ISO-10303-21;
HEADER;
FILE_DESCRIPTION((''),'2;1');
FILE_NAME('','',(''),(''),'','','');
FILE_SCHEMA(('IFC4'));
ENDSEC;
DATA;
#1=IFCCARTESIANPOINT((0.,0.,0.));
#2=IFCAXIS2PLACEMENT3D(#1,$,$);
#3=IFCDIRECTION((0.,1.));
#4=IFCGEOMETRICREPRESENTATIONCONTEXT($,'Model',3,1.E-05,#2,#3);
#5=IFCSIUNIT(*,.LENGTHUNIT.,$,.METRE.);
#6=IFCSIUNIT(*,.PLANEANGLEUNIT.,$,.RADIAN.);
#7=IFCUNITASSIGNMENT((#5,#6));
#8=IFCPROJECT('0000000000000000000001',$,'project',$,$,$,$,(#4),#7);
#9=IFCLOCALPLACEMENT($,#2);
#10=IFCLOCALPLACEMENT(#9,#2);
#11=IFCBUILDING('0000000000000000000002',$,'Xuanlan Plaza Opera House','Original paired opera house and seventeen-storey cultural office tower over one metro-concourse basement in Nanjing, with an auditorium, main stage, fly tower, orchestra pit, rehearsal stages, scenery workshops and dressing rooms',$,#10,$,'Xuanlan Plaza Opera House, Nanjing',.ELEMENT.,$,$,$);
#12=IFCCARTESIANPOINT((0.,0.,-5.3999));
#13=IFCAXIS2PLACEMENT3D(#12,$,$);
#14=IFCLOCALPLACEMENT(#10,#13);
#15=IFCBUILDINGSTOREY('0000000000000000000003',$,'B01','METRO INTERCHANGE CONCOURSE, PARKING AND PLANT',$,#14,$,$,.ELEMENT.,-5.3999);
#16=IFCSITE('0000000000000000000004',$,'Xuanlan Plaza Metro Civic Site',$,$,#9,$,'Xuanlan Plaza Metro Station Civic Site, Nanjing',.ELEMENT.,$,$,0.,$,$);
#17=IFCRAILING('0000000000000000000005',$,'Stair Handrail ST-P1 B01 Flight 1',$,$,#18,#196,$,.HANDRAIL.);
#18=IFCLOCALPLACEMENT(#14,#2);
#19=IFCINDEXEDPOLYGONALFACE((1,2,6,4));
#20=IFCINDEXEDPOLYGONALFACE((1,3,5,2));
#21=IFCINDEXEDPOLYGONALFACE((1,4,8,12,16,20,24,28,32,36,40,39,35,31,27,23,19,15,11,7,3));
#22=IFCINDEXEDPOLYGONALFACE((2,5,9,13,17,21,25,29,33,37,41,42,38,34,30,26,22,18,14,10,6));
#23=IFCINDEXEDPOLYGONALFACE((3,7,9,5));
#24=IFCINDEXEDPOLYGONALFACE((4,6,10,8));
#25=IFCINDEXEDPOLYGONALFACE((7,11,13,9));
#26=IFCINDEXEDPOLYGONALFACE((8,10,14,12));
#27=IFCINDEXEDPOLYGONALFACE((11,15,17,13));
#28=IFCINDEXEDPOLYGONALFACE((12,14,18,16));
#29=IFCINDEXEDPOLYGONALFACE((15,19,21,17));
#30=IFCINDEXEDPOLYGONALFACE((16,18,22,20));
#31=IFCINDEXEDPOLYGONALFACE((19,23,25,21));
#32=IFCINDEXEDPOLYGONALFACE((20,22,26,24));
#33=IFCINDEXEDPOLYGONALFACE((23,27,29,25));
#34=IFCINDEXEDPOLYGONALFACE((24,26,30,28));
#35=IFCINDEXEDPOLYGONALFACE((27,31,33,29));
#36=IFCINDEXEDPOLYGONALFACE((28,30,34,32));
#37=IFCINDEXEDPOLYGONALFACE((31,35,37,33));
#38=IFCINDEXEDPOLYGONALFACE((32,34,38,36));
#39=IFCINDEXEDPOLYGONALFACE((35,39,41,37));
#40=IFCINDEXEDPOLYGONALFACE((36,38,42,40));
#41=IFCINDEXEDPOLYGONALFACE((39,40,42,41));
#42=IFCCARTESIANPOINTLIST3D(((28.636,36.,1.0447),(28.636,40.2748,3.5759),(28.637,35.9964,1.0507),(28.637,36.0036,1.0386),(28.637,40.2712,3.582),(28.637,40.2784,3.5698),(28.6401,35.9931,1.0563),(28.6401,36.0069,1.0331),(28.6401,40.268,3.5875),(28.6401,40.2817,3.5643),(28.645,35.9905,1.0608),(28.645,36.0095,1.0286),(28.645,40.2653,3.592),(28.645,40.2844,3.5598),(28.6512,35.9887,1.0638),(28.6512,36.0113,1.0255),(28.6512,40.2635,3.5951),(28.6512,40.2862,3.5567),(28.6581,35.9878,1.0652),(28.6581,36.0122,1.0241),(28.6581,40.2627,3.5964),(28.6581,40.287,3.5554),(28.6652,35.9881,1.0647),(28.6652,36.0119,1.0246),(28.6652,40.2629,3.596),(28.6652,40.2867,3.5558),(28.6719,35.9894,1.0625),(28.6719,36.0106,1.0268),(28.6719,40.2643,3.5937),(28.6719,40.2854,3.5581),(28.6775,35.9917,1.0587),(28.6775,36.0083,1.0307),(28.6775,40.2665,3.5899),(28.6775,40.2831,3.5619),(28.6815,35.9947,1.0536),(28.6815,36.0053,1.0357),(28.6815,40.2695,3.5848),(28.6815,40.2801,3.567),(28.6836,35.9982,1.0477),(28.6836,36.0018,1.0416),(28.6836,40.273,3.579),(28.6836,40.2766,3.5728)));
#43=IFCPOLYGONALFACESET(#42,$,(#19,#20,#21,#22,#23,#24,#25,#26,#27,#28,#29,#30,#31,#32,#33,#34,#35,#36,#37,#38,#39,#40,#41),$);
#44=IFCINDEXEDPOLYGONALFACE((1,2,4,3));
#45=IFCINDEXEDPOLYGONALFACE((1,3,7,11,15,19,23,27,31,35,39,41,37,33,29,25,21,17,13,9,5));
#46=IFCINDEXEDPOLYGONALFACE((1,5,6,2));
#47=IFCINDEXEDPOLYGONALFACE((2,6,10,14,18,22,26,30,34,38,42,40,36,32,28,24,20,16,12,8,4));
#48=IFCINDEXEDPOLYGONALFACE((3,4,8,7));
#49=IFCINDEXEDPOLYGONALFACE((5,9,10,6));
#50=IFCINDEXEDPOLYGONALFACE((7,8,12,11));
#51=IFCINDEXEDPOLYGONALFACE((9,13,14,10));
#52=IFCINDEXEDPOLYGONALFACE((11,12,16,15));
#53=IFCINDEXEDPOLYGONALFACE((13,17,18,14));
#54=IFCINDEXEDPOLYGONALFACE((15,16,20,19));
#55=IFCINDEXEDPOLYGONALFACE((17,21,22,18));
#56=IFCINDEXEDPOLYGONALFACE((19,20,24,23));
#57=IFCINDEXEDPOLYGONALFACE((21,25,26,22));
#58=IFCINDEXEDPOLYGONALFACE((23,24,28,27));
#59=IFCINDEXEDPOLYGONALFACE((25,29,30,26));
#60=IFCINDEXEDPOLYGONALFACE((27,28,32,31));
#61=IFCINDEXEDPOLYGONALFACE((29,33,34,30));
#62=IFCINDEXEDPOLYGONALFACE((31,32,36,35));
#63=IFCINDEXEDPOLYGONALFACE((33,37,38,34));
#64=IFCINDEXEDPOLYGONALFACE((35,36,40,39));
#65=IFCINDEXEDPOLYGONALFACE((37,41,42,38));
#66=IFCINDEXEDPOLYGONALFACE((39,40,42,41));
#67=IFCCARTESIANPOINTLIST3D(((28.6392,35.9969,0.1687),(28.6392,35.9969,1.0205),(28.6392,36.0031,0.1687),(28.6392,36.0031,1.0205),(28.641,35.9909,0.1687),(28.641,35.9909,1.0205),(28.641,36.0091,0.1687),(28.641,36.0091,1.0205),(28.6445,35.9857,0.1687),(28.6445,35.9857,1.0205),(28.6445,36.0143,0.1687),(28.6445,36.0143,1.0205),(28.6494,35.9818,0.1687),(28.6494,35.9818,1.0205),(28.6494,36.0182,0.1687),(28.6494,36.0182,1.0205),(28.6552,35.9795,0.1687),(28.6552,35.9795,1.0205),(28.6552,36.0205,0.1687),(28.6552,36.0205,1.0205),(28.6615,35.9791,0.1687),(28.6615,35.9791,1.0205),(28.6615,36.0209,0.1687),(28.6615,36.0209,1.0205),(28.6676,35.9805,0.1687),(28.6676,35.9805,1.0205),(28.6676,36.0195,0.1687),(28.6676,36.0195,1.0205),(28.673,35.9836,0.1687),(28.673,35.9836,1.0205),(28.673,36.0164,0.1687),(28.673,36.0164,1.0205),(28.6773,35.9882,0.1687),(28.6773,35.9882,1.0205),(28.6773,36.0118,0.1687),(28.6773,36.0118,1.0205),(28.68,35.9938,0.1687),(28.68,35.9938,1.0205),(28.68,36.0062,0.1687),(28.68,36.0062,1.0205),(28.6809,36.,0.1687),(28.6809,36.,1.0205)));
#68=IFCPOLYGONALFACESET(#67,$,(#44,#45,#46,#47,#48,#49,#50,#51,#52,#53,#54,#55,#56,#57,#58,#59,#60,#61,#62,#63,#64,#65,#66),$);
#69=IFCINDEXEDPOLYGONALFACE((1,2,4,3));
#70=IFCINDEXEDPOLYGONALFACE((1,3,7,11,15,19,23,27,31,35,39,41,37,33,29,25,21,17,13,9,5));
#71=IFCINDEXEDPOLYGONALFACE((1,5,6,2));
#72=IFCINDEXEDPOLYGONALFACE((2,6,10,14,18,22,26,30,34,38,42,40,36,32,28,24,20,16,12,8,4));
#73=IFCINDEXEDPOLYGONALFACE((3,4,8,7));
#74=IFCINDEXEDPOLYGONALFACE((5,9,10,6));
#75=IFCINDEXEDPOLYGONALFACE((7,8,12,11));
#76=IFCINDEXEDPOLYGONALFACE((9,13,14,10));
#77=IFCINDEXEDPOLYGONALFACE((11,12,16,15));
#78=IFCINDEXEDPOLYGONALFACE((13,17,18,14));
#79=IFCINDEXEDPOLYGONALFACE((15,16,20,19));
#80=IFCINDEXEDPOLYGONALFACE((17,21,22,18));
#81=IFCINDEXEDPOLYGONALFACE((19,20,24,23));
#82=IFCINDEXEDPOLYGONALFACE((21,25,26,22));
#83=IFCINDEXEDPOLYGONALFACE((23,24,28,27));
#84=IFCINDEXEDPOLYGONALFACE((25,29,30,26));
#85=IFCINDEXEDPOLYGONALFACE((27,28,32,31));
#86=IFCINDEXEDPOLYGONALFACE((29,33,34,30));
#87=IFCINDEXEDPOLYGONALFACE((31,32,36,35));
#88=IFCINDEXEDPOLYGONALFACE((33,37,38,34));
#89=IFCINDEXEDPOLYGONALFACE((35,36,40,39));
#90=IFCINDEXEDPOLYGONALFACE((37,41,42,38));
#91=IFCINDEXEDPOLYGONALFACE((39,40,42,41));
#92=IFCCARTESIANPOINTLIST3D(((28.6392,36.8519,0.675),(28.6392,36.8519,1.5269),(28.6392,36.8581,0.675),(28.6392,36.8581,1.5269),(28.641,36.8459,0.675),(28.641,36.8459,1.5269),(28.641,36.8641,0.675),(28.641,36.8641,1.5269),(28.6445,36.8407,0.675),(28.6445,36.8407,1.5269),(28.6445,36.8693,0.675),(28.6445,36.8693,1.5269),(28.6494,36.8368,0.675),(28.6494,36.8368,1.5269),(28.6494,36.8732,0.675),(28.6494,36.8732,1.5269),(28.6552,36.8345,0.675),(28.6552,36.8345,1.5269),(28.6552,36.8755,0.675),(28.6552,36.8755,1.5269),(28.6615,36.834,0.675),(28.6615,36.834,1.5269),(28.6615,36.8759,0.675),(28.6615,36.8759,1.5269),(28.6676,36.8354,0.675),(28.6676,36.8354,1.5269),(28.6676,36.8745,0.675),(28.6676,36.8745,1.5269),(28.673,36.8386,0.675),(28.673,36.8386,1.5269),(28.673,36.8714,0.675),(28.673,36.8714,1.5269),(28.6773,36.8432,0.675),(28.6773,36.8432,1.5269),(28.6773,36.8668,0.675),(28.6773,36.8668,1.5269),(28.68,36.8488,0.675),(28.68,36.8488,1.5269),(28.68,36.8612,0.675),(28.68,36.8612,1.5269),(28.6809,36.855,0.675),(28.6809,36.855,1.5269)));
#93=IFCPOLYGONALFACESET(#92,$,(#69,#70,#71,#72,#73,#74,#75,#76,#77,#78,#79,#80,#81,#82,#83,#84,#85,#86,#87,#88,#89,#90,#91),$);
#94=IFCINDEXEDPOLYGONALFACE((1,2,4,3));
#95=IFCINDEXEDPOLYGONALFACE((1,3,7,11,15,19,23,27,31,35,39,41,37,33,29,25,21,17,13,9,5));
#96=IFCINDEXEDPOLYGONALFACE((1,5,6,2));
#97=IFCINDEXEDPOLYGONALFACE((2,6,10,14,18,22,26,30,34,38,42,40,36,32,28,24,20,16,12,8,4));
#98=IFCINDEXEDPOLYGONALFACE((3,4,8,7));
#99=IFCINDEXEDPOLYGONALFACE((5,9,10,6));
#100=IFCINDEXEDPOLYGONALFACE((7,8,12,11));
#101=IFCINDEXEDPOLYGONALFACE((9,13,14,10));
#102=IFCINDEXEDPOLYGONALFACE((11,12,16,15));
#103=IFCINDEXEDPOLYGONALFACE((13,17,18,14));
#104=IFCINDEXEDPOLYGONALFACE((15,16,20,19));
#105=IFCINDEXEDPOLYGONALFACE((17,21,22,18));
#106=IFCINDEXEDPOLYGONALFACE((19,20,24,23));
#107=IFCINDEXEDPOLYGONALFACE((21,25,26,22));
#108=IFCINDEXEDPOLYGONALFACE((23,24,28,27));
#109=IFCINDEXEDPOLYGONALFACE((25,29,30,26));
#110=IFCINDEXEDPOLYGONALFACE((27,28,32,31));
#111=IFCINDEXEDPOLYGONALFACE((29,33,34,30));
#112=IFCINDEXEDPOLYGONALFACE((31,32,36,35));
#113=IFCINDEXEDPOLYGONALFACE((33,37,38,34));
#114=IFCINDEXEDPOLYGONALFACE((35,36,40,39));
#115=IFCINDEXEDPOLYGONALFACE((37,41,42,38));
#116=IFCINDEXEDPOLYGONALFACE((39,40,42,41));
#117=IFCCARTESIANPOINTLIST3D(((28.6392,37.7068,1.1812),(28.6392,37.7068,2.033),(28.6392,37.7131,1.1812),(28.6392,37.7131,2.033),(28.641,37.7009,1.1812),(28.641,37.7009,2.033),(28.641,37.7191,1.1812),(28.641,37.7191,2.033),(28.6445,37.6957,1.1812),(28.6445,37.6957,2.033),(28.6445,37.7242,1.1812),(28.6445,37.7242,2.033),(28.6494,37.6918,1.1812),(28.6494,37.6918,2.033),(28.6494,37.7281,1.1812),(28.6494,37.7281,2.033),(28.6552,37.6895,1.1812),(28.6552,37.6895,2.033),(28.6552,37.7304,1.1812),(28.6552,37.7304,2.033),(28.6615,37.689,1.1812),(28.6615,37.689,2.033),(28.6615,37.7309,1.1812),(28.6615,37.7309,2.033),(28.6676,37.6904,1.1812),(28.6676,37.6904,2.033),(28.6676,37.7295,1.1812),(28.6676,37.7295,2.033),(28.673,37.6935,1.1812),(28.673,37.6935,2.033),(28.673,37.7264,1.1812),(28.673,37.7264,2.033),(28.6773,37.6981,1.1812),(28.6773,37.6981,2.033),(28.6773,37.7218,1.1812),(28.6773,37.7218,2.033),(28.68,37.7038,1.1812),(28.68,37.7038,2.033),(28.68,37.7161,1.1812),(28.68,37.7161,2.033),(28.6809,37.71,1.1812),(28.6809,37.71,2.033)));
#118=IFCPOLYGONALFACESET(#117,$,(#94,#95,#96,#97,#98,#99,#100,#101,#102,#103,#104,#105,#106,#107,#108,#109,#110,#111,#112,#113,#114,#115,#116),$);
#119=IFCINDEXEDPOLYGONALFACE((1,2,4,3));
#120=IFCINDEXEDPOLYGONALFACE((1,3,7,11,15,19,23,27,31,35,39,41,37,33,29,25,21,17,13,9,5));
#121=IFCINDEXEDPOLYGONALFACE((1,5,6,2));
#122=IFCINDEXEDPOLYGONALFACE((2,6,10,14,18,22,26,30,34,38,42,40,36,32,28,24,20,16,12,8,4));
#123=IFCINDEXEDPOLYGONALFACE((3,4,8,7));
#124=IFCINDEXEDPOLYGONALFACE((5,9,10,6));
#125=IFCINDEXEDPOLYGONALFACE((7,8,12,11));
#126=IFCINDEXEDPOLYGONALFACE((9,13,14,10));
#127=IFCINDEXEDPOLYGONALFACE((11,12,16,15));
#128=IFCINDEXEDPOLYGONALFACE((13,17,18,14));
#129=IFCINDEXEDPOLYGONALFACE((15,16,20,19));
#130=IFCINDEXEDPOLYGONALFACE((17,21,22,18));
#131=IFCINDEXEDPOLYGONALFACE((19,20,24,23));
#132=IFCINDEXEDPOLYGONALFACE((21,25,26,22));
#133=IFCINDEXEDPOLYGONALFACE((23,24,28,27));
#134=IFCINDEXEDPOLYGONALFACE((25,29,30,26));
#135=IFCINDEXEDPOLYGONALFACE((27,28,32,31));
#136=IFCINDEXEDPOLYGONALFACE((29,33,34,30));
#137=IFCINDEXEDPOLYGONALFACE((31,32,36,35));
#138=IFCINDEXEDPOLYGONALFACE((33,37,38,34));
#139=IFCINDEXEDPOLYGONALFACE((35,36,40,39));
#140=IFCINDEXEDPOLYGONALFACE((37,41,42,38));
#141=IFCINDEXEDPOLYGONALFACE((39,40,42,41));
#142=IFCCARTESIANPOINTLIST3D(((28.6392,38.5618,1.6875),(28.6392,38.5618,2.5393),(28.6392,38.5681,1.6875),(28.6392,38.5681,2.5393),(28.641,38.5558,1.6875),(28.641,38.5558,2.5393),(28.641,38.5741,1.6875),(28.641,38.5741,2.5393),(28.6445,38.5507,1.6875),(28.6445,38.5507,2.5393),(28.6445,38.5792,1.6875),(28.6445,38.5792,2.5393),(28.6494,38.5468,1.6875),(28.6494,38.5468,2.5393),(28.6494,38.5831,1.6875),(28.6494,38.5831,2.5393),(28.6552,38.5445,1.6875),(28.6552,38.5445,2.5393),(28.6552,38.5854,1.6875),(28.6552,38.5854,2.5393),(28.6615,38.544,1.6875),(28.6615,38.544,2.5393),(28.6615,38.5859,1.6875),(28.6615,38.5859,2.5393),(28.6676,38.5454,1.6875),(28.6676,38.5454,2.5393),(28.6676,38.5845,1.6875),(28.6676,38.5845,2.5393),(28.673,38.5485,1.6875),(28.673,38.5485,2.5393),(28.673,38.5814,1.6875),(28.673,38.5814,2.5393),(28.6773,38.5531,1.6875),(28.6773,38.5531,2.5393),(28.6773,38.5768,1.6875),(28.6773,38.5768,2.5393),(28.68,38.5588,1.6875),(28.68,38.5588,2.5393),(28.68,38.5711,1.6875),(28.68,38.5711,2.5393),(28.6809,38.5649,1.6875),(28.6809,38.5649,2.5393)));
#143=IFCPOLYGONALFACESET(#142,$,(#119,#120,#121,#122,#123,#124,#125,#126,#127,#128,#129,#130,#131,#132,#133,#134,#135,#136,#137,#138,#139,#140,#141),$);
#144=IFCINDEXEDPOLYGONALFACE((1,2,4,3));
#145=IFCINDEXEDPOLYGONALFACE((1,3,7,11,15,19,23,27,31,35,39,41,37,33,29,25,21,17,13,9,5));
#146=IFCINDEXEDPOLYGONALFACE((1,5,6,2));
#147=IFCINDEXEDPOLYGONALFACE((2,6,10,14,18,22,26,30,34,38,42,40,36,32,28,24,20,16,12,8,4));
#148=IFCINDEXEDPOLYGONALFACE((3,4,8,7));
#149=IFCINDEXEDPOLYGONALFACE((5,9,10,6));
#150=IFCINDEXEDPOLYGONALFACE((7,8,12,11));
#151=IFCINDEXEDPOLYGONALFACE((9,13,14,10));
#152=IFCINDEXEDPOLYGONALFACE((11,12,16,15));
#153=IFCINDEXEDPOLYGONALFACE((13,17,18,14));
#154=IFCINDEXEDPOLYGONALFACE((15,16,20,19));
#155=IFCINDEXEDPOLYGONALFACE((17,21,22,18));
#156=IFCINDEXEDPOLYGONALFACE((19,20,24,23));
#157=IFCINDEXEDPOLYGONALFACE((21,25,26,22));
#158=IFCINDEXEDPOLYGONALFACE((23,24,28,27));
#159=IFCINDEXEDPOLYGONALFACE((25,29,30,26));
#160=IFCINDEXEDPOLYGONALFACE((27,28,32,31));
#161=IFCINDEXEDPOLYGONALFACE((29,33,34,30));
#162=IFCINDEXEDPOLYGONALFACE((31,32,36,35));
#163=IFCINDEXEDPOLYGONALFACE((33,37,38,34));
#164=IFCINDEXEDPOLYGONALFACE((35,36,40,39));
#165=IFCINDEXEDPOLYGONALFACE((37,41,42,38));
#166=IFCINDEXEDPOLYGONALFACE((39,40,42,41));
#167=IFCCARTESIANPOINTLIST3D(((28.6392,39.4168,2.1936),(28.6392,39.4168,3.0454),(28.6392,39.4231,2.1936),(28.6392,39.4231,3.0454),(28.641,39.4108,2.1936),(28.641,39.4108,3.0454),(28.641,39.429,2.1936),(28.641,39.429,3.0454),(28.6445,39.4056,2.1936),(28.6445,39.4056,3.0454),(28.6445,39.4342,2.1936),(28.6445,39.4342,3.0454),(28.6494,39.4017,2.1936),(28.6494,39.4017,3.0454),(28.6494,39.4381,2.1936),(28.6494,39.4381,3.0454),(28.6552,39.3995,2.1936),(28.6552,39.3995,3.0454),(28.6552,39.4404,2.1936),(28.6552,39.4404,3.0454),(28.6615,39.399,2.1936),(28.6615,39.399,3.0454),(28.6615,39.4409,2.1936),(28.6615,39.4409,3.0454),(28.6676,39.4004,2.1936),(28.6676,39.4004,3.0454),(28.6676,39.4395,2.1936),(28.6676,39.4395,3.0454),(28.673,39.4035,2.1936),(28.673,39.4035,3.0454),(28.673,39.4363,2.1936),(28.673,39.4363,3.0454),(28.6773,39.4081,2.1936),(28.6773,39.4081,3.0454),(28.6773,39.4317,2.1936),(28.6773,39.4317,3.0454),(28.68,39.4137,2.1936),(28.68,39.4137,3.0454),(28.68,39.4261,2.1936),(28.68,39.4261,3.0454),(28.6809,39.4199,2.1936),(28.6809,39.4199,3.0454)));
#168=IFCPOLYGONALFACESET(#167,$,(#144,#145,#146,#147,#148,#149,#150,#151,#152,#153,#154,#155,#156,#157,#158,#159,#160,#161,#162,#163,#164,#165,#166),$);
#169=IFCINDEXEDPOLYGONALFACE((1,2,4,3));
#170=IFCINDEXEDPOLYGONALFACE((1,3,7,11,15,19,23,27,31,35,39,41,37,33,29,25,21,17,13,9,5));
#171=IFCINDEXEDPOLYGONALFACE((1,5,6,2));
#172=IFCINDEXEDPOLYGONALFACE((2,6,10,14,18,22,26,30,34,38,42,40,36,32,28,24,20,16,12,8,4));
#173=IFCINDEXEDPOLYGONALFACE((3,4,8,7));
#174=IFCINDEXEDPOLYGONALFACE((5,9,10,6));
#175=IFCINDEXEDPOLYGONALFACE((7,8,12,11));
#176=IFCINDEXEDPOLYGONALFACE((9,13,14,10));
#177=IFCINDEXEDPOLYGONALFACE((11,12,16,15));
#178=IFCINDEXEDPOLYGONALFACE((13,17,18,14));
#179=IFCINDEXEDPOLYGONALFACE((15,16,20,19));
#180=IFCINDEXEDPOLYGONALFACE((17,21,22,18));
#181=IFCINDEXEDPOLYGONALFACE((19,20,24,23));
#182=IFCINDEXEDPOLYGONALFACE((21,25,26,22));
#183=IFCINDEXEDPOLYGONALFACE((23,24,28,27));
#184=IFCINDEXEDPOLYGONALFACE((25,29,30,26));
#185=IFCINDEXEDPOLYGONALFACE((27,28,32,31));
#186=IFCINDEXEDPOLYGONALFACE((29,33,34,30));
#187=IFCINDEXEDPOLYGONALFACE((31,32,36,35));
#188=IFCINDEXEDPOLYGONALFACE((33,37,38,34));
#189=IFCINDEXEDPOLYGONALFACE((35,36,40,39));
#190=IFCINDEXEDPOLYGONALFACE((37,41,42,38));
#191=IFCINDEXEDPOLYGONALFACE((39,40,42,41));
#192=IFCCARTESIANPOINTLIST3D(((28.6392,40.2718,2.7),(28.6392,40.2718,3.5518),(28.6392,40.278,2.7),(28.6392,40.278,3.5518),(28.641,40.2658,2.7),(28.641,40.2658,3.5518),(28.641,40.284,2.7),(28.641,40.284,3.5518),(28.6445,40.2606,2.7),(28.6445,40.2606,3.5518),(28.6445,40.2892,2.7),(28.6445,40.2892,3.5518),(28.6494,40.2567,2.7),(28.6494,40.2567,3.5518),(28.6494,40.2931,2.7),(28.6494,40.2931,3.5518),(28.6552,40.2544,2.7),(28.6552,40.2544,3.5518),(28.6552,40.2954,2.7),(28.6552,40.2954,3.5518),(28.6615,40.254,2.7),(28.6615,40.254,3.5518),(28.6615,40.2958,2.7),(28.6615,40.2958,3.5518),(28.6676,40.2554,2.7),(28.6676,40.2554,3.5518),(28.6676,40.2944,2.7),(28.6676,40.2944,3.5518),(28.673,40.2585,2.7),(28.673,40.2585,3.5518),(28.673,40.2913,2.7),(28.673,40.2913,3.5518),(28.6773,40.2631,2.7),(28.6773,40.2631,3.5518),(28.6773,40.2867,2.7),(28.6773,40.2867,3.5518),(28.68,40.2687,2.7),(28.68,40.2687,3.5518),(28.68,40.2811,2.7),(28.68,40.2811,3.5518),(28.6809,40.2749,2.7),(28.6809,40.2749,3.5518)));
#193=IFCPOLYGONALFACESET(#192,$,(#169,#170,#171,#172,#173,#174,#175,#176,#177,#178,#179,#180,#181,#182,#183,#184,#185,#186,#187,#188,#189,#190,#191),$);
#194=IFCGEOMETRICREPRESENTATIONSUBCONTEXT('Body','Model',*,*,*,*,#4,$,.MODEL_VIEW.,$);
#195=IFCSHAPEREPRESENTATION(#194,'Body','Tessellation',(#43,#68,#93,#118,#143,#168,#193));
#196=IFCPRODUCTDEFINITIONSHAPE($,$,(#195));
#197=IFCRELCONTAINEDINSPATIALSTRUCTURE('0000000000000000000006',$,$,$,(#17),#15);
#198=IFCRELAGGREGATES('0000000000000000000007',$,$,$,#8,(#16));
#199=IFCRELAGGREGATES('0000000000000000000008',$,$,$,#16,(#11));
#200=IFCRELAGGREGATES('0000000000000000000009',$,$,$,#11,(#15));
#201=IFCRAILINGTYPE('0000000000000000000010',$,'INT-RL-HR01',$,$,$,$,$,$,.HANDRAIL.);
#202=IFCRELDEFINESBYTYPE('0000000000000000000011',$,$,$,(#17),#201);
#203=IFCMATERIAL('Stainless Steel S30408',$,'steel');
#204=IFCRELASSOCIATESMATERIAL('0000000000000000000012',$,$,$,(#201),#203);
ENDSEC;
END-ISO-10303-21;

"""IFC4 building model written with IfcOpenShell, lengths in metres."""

from ifc_helpers import new_model, si_unit, direction, frame, origin, origin_2d, place, context, subcontext, project, spatial, circle, extrude, material, type_object, element, save


model = new_model("IFC4")

# Units and contexts
model_context = context("Model", 3, precision=1e-05, world=origin(), true_north=direction((0.0, 1.0)))
body_context = subcontext(model_context, "Body", "Model", "MODEL_VIEW")
ifc_project = project(units=[si_unit("LENGTHUNIT", "METRE"), si_unit("PLANEANGLEUNIT", "RADIAN")], contexts=[model_context])

# Site, building, storey
site_placement = place(None, origin())
site = spatial("IfcSite", under=ifc_project, at=site_placement, Name="Xuanlan Plaza Metro Civic Site", LongName="Xuanlan Plaza Metro Station Civic Site, Nanjing", CompositionType="ELEMENT", RefElevation=0.0)
building_placement = place(site_placement, origin())
building = spatial("IfcBuilding", under=site, at=building_placement, Name="Xuanlan Plaza Opera House", Description="Original paired opera house and seventeen-storey cultural office tower over one metro-concourse basement in Nanjing, with an auditorium, main stage, fly tower, orchestra pit, rehearsal stages, scenery workshops and dressing rooms", LongName="Xuanlan Plaza Opera House, Nanjing", CompositionType="ELEMENT")
storey_placement = place(building_placement, frame((0.0, 0.0, -5.3999)))
storey = spatial("IfcBuildingStorey", under=building, at=storey_placement, Name="B01", Description="METRO INTERCHANGE CONCOURSE, PARKING AND PLANT", CompositionType="ELEMENT", Elevation=-5.3999)

# Railing
ifc_material_1 = material(Name="Stainless Steel S30408", Category="steel")
railing_type = type_object("IfcRailingType", Name="INT-RL-HR01", PredefinedType="HANDRAIL", material=ifc_material_1)
railing_placement = place(storey_placement, frame((28.6599, 36.0, 0.1687)))
element("IfcRailing", 1, at=railing_placement, inside=storey, type_object=railing_type, Name="Stair Handrail ST-P1 B01 Flight 1", PredefinedType="HANDRAIL", context=body_context, shape_type="SweptSolid", body=[
    extrude(circle(Radius=0.0239, at=origin_2d()), frame((0.0, 0.0, 0.876), z_axis=(0.0, 0.86047, 0.509501), x_axis=(-1.0, 0.0, 0.0)), (0.0, 0.0, 1.0), 4.968),
    extrude(circle(Radius=0.021, at=origin_2d()), origin(), (0.0, 0.0, 1.0), 0.8518),
    extrude(circle(Radius=0.021, at=origin_2d()), frame((0.0, 0.855, 0.5063)), (0.0, 0.0, 1.0), 0.8518),
    extrude(circle(Radius=0.021, at=origin_2d()), frame((0.0, 1.71, 1.0125)), (0.0, 0.0, 1.0), 0.8518),
    extrude(circle(Radius=0.021, at=origin_2d()), frame((0.0, 2.5649, 1.5188)), (0.0, 0.0, 1.0), 0.8518),
    extrude(circle(Radius=0.021, at=origin_2d()), frame((0.0, 3.4199, 2.0249)), (0.0, 0.0, 1.0), 0.8518),
    extrude(circle(Radius=0.021, at=origin_2d()), frame((0.0, 4.2749, 2.5312)), (0.0, 0.0, 1.0), 0.8518),
])

save(model, "model.ifc")
